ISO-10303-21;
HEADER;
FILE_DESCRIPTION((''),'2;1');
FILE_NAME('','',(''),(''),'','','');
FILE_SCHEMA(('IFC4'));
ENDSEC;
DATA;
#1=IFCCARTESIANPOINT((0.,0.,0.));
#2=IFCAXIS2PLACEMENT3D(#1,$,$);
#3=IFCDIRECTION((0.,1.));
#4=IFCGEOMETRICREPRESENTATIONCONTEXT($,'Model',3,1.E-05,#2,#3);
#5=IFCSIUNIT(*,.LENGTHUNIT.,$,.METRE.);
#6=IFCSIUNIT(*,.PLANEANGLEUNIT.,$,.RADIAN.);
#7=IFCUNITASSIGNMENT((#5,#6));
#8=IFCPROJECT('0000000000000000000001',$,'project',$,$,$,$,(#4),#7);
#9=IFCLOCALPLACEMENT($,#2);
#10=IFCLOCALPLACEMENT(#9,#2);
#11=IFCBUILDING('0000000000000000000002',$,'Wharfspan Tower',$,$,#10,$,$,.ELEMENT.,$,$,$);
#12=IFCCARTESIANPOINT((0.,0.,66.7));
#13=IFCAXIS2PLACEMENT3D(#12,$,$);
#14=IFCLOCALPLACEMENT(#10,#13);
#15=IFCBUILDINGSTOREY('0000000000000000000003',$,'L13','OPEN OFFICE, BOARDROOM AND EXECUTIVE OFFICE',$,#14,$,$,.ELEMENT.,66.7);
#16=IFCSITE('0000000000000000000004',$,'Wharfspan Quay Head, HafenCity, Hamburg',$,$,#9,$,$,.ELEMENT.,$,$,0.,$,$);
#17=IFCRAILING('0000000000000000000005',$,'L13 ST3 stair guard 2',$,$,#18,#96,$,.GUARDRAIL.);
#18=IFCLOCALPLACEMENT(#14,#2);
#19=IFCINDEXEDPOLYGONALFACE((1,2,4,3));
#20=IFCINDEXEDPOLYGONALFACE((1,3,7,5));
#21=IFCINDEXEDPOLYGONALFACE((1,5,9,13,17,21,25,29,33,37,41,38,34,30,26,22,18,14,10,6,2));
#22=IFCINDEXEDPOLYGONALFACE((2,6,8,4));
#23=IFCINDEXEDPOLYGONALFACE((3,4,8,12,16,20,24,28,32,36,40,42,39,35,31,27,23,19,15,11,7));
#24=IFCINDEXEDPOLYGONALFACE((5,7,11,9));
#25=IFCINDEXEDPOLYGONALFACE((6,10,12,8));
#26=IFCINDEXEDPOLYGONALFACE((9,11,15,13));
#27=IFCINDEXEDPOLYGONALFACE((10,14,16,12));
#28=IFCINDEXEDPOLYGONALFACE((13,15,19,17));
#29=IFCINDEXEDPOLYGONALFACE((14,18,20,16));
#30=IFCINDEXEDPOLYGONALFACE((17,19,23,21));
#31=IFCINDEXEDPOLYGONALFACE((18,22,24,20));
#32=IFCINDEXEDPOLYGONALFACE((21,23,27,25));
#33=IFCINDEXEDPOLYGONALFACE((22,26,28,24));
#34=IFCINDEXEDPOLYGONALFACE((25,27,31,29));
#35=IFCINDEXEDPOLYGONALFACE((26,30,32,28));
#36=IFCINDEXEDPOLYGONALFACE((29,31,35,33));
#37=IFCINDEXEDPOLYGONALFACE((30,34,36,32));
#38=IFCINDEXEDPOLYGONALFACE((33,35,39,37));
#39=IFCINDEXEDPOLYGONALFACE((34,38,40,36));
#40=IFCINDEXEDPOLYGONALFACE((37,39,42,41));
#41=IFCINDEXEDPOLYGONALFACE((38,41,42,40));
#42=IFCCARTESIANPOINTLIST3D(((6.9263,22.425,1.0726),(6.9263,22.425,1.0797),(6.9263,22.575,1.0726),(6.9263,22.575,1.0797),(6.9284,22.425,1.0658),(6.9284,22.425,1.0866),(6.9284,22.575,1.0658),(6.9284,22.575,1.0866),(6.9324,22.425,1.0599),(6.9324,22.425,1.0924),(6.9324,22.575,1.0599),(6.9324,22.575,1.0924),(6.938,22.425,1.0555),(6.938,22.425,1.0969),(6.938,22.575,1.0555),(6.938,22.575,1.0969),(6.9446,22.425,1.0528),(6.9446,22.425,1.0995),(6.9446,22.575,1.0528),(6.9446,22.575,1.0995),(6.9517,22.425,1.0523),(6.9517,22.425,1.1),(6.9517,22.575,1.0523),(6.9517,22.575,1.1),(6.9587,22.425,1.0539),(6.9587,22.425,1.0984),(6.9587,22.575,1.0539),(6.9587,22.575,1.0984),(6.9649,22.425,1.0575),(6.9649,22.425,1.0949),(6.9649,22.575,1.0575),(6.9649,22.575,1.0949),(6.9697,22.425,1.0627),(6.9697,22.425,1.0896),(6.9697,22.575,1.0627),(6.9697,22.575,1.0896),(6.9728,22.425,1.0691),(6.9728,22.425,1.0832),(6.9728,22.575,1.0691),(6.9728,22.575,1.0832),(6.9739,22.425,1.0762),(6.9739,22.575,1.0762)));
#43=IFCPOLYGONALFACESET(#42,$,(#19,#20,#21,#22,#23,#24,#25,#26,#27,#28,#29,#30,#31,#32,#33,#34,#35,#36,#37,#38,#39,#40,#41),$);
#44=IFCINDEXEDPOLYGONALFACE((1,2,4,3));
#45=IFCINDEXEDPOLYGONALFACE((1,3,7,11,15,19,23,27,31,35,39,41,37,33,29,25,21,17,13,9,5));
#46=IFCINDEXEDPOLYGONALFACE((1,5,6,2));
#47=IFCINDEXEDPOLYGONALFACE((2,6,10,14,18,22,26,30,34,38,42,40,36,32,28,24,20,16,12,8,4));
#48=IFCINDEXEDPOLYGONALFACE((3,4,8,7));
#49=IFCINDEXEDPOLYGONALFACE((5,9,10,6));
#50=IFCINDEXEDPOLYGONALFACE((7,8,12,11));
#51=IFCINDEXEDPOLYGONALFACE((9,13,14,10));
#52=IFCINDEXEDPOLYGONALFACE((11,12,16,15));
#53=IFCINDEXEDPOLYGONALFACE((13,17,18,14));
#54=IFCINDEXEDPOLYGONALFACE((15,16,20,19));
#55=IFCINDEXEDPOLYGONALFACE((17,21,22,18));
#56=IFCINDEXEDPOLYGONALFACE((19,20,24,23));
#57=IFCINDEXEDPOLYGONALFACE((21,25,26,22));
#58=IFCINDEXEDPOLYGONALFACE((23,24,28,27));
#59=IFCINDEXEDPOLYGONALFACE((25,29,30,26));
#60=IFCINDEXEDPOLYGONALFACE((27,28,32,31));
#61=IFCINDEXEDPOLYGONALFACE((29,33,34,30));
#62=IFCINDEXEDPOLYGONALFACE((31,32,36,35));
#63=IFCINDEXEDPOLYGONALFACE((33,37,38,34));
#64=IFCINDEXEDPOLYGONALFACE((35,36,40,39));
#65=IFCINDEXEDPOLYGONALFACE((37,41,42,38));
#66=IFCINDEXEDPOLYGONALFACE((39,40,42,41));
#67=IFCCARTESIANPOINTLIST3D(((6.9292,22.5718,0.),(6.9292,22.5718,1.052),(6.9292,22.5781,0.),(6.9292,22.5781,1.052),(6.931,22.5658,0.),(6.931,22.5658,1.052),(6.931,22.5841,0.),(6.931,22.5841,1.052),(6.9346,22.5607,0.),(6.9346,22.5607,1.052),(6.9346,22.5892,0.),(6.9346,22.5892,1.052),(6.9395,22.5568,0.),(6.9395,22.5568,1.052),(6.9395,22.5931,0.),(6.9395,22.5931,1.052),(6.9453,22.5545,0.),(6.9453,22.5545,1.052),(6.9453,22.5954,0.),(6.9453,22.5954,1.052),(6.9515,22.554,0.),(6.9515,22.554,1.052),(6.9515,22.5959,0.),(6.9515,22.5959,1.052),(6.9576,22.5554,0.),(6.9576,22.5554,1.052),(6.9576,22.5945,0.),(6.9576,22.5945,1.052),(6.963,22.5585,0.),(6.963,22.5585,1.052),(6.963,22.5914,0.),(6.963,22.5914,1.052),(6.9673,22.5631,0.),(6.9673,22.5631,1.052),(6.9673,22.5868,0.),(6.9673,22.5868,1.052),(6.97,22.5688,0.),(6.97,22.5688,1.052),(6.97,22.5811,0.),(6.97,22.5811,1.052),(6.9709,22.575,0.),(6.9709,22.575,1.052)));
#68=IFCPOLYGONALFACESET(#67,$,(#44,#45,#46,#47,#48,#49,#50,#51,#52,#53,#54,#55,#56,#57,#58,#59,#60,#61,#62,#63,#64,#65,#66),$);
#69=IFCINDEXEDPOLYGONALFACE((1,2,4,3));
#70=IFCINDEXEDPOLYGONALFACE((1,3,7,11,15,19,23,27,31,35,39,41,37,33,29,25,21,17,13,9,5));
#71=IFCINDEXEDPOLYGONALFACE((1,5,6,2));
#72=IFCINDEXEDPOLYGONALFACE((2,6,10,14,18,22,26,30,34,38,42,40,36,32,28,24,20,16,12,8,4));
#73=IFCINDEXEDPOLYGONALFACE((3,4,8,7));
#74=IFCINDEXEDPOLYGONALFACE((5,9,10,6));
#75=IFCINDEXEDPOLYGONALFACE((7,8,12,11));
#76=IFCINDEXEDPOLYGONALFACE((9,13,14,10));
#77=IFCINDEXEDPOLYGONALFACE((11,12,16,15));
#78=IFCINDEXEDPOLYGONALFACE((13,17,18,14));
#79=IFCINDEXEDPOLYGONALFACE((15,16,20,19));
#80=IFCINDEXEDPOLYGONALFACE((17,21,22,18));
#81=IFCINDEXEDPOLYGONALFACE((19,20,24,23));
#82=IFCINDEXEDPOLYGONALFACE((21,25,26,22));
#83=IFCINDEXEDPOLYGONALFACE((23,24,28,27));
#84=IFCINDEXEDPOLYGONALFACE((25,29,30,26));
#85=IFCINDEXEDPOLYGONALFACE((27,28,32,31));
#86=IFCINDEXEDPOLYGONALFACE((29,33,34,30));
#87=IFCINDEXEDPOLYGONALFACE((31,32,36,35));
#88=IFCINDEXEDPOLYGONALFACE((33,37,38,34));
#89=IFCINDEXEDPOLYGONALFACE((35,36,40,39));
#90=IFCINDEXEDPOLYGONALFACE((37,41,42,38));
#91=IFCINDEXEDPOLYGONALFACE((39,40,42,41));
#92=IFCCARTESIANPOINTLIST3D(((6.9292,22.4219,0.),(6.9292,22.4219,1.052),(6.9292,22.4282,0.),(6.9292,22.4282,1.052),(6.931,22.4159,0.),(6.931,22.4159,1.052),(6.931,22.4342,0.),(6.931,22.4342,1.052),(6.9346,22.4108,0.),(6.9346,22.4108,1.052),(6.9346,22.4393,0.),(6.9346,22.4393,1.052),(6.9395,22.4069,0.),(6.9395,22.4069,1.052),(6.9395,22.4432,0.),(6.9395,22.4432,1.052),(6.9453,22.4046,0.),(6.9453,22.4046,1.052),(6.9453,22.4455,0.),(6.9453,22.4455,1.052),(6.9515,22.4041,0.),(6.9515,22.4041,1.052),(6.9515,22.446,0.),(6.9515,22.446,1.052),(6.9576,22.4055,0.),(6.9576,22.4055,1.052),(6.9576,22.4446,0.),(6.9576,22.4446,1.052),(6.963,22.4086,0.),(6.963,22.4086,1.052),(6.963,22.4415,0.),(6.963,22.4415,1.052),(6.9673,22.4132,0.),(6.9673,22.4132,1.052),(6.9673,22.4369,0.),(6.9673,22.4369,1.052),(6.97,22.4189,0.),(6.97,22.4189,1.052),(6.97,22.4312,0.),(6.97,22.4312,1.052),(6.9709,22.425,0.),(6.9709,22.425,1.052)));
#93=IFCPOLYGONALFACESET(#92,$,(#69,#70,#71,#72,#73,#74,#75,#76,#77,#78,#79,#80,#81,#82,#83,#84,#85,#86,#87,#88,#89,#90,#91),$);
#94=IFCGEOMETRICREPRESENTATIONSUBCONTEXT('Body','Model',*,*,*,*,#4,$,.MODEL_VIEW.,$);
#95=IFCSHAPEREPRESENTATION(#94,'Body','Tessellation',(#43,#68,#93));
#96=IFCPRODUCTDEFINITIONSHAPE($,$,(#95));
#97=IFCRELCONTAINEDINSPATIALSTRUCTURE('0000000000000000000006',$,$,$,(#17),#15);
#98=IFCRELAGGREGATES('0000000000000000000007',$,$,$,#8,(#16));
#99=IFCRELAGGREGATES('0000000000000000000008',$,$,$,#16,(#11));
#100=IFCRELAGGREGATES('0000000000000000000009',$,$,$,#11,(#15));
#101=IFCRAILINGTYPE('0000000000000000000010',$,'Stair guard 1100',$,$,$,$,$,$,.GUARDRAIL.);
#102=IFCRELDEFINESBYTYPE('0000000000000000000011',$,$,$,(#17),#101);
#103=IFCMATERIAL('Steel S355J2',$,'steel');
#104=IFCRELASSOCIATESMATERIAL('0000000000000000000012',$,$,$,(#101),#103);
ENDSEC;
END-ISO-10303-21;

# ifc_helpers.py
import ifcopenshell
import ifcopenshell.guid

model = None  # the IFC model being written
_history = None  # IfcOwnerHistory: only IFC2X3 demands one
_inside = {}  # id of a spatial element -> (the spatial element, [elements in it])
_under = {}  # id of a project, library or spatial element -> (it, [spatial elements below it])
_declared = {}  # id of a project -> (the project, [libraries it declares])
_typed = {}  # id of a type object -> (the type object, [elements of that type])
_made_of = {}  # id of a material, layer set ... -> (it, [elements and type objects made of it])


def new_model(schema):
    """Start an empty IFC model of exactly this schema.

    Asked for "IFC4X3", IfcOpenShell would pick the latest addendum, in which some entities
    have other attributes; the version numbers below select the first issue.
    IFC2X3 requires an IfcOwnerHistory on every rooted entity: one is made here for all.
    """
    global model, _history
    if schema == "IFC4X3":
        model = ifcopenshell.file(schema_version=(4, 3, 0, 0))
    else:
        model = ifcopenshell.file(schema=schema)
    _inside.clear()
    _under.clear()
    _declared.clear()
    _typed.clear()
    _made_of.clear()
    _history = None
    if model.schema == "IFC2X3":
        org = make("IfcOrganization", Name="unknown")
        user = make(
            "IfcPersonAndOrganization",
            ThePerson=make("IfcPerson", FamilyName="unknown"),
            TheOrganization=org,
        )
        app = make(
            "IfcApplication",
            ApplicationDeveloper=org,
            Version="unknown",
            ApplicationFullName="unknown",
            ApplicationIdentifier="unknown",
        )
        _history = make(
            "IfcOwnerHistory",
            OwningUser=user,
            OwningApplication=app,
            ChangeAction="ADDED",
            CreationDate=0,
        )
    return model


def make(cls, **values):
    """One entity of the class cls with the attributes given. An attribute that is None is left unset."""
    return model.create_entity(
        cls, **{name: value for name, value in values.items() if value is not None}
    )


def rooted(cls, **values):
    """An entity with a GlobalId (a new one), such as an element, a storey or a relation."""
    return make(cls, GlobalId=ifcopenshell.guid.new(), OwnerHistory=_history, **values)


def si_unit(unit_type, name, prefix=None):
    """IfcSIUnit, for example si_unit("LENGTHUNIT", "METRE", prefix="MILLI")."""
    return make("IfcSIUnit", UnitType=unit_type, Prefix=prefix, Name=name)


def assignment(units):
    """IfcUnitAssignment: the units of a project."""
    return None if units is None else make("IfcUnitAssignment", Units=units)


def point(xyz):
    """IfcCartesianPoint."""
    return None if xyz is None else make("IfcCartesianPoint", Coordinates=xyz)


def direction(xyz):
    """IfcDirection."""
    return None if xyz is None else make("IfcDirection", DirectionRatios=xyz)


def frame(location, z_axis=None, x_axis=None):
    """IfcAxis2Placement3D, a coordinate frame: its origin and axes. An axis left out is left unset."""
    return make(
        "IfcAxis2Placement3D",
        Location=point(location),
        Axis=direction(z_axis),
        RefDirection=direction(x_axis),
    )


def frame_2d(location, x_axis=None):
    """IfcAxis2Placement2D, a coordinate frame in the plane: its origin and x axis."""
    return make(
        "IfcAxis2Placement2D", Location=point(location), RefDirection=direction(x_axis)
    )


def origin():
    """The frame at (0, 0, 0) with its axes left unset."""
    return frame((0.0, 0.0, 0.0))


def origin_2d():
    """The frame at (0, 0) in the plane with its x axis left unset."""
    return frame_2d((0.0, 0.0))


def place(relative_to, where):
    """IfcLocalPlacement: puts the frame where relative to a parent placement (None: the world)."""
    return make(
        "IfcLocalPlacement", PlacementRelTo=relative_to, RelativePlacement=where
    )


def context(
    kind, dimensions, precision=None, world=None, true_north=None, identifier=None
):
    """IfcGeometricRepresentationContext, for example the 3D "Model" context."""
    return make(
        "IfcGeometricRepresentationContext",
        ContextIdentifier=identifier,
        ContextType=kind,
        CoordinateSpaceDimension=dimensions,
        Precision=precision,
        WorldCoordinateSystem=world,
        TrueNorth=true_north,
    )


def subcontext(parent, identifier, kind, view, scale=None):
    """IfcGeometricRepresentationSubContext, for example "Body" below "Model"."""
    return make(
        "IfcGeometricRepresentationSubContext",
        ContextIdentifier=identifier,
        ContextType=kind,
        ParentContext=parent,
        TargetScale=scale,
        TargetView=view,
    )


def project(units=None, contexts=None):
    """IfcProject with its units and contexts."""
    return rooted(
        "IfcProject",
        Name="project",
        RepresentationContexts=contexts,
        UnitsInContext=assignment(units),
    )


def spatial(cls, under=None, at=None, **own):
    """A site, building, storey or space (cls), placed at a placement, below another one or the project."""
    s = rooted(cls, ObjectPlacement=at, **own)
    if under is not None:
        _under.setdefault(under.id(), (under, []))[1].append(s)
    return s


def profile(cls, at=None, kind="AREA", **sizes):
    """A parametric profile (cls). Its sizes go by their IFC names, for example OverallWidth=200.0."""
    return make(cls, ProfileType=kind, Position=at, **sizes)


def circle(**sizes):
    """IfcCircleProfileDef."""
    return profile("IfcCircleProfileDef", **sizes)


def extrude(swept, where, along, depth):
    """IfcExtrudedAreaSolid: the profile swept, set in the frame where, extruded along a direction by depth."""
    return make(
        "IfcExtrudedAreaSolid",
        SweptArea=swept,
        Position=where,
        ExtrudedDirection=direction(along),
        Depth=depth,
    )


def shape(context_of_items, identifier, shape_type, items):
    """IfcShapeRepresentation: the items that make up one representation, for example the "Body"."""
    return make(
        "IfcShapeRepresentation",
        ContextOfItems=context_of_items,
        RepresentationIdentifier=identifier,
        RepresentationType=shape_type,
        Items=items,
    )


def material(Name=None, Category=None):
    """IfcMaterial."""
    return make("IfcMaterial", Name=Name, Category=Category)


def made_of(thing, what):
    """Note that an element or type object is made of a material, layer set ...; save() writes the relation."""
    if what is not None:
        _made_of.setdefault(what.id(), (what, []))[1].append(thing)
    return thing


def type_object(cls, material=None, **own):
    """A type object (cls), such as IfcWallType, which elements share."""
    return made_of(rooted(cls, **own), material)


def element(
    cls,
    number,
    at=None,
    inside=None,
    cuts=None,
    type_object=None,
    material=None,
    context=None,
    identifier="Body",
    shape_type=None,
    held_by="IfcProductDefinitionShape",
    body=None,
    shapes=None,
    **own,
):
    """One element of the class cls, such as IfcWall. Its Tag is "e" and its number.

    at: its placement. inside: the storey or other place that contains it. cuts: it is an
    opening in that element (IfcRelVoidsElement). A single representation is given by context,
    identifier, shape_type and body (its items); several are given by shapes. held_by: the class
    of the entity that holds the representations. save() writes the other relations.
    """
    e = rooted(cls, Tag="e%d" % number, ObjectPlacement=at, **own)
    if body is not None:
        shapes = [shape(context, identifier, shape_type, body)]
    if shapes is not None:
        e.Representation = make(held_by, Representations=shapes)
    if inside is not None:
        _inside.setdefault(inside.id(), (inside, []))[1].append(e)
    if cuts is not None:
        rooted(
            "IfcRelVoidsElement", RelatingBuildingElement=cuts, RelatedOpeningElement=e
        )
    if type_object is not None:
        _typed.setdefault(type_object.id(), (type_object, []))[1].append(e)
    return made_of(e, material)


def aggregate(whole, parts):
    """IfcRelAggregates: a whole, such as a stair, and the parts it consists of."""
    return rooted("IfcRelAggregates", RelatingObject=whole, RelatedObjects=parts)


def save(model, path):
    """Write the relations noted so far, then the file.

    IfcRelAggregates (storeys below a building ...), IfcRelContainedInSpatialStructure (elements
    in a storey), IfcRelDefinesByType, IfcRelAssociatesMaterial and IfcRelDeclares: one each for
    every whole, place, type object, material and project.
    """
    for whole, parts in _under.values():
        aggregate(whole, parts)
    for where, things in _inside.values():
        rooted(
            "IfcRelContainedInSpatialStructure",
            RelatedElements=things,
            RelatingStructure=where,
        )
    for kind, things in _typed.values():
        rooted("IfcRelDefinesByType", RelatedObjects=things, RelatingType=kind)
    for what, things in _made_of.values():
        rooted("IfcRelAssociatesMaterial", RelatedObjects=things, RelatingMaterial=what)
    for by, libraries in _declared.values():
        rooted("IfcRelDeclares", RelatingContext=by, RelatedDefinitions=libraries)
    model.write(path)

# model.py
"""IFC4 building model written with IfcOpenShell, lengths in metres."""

from ifc_helpers import new_model, si_unit, direction, frame, origin, origin_2d, place, context, subcontext, project, spatial, circle, extrude, material, type_object, element, save


model = new_model("IFC4")

# Units and contexts
model_context = context("Model", 3, precision=1e-05, world=origin(), true_north=direction((0.0, 1.0)))
body_context = subcontext(model_context, "Body", "Model", "MODEL_VIEW")
ifc_project = project(units=[si_unit("LENGTHUNIT", "METRE"), si_unit("PLANEANGLEUNIT", "RADIAN")], contexts=[model_context])

# Site, building, storey
site_placement = place(None, origin())
site = spatial("IfcSite", under=ifc_project, at=site_placement, Name="Wharfspan Quay Head, HafenCity, Hamburg", CompositionType="ELEMENT", RefElevation=0.0)
building_placement = place(site_placement, origin())
building = spatial("IfcBuilding", under=site, at=building_placement, Name="Wharfspan Tower", CompositionType="ELEMENT")
storey_placement = place(building_placement, frame((0.0, 0.0, 66.7)))
storey = spatial("IfcBuildingStorey", under=building, at=storey_placement, Name="L13", Description="OPEN OFFICE, BOARDROOM AND EXECUTIVE OFFICE", CompositionType="ELEMENT", Elevation=66.7)

# Shared definitions
ifc_material_1 = material(Name="Steel S355J2", Category="steel")

# Railing
railing_type = type_object("IfcRailingType", Name="Stair guard 1100", PredefinedType="GUARDRAIL", material=ifc_material_1)
railing_placement = place(storey_placement, frame((6.95, 22.575, 0.0)))
element("IfcRailing", 1, at=railing_placement, inside=storey, type_object=railing_type, Name="L13 ST3 stair guard 2", PredefinedType="GUARDRAIL", context=body_context, shape_type="SweptSolid", body=[
    extrude(circle(Radius=0.0239, at=origin_2d()), frame((0.0, 0.0, 1.0762), z_axis=(0.0, -1.0, 0.0), x_axis=(1.0, 0.0, 0.0)), (0.0, 0.0, 1.0), 0.1499),
    extrude(circle(Radius=0.021, at=origin_2d()), origin(), (0.0, 0.0, 1.0), 1.052),
    extrude(circle(Radius=0.021, at=origin_2d()), frame((0.0, -0.1499, 0.0)), (0.0, 0.0, 1.0), 1.052),
])

save(model, "model.ifc")
